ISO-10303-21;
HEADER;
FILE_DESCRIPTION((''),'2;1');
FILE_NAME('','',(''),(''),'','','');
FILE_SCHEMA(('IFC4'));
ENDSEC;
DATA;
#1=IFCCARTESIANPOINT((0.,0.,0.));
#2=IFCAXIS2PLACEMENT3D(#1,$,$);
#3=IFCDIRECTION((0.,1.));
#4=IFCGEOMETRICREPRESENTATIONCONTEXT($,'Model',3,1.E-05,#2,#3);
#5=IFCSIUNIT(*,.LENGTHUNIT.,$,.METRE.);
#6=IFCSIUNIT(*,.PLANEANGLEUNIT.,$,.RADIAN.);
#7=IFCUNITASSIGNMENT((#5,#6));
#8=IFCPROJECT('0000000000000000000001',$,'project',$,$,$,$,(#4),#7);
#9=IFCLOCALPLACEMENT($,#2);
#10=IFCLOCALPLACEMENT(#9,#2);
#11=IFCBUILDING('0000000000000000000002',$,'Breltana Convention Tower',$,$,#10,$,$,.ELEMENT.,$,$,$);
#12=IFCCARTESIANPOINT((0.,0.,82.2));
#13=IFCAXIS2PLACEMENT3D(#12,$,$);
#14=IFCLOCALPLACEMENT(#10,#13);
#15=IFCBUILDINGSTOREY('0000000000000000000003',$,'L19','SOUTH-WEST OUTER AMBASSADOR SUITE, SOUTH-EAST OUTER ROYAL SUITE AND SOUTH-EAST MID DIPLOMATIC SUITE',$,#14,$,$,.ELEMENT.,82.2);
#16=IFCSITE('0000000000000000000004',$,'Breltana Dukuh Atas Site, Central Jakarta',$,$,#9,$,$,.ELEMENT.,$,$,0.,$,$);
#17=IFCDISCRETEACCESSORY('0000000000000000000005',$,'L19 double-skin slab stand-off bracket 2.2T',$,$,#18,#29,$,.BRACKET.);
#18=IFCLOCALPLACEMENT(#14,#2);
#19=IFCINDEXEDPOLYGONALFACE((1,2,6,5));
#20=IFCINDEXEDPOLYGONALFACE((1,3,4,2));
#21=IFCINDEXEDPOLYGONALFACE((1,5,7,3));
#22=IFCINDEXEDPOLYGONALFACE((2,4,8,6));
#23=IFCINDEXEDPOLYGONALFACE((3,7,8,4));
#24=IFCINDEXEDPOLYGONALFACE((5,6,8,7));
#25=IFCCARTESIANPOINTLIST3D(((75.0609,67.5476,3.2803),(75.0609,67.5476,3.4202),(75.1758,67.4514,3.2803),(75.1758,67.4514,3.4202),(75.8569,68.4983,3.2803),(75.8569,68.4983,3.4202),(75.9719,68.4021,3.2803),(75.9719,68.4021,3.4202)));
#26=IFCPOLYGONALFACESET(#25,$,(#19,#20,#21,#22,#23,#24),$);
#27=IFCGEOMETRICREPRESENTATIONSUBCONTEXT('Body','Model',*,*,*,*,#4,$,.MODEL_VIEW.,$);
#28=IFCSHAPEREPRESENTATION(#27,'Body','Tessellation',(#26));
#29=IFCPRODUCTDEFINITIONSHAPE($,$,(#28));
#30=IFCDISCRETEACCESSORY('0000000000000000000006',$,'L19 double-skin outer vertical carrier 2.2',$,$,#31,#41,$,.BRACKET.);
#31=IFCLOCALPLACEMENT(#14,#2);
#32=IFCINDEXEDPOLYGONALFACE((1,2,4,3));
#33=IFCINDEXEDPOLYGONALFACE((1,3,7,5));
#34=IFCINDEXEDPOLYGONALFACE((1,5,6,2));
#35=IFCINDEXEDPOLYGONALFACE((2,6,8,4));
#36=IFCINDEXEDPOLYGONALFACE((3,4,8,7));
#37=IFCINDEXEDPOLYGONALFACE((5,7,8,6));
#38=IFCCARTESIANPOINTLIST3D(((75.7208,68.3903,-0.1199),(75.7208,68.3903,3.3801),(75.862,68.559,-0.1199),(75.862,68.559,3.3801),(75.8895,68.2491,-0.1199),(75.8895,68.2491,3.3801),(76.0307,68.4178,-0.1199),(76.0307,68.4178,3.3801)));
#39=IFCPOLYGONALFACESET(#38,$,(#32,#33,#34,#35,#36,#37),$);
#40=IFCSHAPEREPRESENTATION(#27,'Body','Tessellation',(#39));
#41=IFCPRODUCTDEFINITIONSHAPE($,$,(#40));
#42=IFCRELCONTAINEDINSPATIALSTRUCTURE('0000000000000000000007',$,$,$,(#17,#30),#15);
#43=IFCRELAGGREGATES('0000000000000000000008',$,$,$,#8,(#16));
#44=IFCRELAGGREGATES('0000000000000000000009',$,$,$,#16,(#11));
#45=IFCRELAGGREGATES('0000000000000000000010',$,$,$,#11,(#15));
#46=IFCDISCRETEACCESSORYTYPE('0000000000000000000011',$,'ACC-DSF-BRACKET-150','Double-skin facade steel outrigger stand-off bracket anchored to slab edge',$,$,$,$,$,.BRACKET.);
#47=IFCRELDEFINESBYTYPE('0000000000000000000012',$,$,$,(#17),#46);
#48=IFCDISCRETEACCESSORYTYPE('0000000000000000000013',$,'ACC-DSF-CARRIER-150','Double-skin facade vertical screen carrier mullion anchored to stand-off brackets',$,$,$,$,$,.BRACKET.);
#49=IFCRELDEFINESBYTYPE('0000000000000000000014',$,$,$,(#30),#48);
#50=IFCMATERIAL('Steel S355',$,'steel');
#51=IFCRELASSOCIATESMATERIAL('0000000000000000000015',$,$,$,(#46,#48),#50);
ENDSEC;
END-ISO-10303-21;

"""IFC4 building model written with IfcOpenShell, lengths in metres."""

from ifc_helpers import new_model, si_unit, direction, frame, origin, origin_2d, place, context, subcontext, project, spatial, rectangle, extrude, source, transform, mapped, material, type_object, type_shapes, element, save


model = new_model("IFC4")

# Units and contexts
model_context = context("Model", 3, precision=1e-05, world=origin(), true_north=direction((0.0, 1.0)))
body_context = subcontext(model_context, "Body", "Model", "MODEL_VIEW")
ifc_project = project(units=[si_unit("LENGTHUNIT", "METRE"), si_unit("PLANEANGLEUNIT", "RADIAN")], contexts=[model_context])

# Site, building, storey
site_placement = place(None, origin())
site = spatial("IfcSite", under=ifc_project, at=site_placement, Name="Breltana Dukuh Atas Site, Central Jakarta", CompositionType="ELEMENT", RefElevation=0.0)
building_placement = place(site_placement, origin())
building = spatial("IfcBuilding", under=site, at=building_placement, Name="Breltana Convention Tower", CompositionType="ELEMENT")
storey_placement = place(building_placement, frame((0.0, 0.0, 82.2)))
storey = spatial("IfcBuildingStorey", under=building, at=storey_placement, Name="L19", Description="SOUTH-WEST OUTER AMBASSADOR SUITE, SOUTH-EAST OUTER ROYAL SUITE AND SOUTH-EAST MID DIPLOMATIC SUITE", CompositionType="ELEMENT", Elevation=82.2)

# Discrete accessories
ifc_material_1 = material(Name="Steel S355", Category="steel")
discrete_accessory_type_1 = type_object("IfcDiscreteAccessoryType", Name="ACC-DSF-BRACKET-150", Description="Double-skin facade steel outrigger stand-off bracket anchored to slab edge", PredefinedType="BRACKET", material=ifc_material_1)
shared_shape_1 = source(origin(), body_context, "Body", "SweptSolid", [
    extrude(rectangle(XDim=1.24, YDim=0.1499, at=origin_2d()), origin(), (0.0, 0.0, 1.0), 0.1399),
])
type_shapes(discrete_accessory_type_1, [shared_shape_1])
for number, where, z_axis, x_axis, name in (
    (1, (75.5164, 67.9749, 3.2803), (0.0, 0.0, 1.0), (0.64199, 0.766713, 0.0), "L19 double-skin slab stand-off bracket 2.2T"),
):
    element("IfcDiscreteAccessory", number, at=place(storey_placement, frame(where, z_axis=z_axis, x_axis=x_axis)), inside=storey, type_object=discrete_accessory_type_1, Name=name, PredefinedType="BRACKET", context=body_context, shape_type="MappedRepresentation", body=[
        mapped(shared_shape_1, transform((0.0, 0.0, 0.0), scale=1.0)),
    ])
discrete_accessory_type_2 = type_object("IfcDiscreteAccessoryType", Name="ACC-DSF-CARRIER-150", Description="Double-skin facade vertical screen carrier mullion anchored to stand-off brackets", PredefinedType="BRACKET", material=ifc_material_1)
shared_shape_2 = source(origin(), body_context, "Body", "SweptSolid", [
    extrude(rectangle(XDim=0.22, YDim=0.22, at=origin_2d()), origin(), (0.0, 0.0, 1.0), 3.5),
])
discrete_accessory_placement = place(storey_placement, frame((75.8757, 68.4041, -0.1199), z_axis=(0.0, 0.0, 1.0), x_axis=(0.64199, 0.766713, 0.0)))
element("IfcDiscreteAccessory", 2, at=discrete_accessory_placement, inside=storey, type_object=discrete_accessory_type_2, Name="L19 double-skin outer vertical carrier 2.2", PredefinedType="BRACKET", context=body_context, shape_type="MappedRepresentation", body=[
    mapped(shared_shape_2, transform((0.0, 0.0, 0.0), scale=1.0)),
])

save(model, "model.ifc")
